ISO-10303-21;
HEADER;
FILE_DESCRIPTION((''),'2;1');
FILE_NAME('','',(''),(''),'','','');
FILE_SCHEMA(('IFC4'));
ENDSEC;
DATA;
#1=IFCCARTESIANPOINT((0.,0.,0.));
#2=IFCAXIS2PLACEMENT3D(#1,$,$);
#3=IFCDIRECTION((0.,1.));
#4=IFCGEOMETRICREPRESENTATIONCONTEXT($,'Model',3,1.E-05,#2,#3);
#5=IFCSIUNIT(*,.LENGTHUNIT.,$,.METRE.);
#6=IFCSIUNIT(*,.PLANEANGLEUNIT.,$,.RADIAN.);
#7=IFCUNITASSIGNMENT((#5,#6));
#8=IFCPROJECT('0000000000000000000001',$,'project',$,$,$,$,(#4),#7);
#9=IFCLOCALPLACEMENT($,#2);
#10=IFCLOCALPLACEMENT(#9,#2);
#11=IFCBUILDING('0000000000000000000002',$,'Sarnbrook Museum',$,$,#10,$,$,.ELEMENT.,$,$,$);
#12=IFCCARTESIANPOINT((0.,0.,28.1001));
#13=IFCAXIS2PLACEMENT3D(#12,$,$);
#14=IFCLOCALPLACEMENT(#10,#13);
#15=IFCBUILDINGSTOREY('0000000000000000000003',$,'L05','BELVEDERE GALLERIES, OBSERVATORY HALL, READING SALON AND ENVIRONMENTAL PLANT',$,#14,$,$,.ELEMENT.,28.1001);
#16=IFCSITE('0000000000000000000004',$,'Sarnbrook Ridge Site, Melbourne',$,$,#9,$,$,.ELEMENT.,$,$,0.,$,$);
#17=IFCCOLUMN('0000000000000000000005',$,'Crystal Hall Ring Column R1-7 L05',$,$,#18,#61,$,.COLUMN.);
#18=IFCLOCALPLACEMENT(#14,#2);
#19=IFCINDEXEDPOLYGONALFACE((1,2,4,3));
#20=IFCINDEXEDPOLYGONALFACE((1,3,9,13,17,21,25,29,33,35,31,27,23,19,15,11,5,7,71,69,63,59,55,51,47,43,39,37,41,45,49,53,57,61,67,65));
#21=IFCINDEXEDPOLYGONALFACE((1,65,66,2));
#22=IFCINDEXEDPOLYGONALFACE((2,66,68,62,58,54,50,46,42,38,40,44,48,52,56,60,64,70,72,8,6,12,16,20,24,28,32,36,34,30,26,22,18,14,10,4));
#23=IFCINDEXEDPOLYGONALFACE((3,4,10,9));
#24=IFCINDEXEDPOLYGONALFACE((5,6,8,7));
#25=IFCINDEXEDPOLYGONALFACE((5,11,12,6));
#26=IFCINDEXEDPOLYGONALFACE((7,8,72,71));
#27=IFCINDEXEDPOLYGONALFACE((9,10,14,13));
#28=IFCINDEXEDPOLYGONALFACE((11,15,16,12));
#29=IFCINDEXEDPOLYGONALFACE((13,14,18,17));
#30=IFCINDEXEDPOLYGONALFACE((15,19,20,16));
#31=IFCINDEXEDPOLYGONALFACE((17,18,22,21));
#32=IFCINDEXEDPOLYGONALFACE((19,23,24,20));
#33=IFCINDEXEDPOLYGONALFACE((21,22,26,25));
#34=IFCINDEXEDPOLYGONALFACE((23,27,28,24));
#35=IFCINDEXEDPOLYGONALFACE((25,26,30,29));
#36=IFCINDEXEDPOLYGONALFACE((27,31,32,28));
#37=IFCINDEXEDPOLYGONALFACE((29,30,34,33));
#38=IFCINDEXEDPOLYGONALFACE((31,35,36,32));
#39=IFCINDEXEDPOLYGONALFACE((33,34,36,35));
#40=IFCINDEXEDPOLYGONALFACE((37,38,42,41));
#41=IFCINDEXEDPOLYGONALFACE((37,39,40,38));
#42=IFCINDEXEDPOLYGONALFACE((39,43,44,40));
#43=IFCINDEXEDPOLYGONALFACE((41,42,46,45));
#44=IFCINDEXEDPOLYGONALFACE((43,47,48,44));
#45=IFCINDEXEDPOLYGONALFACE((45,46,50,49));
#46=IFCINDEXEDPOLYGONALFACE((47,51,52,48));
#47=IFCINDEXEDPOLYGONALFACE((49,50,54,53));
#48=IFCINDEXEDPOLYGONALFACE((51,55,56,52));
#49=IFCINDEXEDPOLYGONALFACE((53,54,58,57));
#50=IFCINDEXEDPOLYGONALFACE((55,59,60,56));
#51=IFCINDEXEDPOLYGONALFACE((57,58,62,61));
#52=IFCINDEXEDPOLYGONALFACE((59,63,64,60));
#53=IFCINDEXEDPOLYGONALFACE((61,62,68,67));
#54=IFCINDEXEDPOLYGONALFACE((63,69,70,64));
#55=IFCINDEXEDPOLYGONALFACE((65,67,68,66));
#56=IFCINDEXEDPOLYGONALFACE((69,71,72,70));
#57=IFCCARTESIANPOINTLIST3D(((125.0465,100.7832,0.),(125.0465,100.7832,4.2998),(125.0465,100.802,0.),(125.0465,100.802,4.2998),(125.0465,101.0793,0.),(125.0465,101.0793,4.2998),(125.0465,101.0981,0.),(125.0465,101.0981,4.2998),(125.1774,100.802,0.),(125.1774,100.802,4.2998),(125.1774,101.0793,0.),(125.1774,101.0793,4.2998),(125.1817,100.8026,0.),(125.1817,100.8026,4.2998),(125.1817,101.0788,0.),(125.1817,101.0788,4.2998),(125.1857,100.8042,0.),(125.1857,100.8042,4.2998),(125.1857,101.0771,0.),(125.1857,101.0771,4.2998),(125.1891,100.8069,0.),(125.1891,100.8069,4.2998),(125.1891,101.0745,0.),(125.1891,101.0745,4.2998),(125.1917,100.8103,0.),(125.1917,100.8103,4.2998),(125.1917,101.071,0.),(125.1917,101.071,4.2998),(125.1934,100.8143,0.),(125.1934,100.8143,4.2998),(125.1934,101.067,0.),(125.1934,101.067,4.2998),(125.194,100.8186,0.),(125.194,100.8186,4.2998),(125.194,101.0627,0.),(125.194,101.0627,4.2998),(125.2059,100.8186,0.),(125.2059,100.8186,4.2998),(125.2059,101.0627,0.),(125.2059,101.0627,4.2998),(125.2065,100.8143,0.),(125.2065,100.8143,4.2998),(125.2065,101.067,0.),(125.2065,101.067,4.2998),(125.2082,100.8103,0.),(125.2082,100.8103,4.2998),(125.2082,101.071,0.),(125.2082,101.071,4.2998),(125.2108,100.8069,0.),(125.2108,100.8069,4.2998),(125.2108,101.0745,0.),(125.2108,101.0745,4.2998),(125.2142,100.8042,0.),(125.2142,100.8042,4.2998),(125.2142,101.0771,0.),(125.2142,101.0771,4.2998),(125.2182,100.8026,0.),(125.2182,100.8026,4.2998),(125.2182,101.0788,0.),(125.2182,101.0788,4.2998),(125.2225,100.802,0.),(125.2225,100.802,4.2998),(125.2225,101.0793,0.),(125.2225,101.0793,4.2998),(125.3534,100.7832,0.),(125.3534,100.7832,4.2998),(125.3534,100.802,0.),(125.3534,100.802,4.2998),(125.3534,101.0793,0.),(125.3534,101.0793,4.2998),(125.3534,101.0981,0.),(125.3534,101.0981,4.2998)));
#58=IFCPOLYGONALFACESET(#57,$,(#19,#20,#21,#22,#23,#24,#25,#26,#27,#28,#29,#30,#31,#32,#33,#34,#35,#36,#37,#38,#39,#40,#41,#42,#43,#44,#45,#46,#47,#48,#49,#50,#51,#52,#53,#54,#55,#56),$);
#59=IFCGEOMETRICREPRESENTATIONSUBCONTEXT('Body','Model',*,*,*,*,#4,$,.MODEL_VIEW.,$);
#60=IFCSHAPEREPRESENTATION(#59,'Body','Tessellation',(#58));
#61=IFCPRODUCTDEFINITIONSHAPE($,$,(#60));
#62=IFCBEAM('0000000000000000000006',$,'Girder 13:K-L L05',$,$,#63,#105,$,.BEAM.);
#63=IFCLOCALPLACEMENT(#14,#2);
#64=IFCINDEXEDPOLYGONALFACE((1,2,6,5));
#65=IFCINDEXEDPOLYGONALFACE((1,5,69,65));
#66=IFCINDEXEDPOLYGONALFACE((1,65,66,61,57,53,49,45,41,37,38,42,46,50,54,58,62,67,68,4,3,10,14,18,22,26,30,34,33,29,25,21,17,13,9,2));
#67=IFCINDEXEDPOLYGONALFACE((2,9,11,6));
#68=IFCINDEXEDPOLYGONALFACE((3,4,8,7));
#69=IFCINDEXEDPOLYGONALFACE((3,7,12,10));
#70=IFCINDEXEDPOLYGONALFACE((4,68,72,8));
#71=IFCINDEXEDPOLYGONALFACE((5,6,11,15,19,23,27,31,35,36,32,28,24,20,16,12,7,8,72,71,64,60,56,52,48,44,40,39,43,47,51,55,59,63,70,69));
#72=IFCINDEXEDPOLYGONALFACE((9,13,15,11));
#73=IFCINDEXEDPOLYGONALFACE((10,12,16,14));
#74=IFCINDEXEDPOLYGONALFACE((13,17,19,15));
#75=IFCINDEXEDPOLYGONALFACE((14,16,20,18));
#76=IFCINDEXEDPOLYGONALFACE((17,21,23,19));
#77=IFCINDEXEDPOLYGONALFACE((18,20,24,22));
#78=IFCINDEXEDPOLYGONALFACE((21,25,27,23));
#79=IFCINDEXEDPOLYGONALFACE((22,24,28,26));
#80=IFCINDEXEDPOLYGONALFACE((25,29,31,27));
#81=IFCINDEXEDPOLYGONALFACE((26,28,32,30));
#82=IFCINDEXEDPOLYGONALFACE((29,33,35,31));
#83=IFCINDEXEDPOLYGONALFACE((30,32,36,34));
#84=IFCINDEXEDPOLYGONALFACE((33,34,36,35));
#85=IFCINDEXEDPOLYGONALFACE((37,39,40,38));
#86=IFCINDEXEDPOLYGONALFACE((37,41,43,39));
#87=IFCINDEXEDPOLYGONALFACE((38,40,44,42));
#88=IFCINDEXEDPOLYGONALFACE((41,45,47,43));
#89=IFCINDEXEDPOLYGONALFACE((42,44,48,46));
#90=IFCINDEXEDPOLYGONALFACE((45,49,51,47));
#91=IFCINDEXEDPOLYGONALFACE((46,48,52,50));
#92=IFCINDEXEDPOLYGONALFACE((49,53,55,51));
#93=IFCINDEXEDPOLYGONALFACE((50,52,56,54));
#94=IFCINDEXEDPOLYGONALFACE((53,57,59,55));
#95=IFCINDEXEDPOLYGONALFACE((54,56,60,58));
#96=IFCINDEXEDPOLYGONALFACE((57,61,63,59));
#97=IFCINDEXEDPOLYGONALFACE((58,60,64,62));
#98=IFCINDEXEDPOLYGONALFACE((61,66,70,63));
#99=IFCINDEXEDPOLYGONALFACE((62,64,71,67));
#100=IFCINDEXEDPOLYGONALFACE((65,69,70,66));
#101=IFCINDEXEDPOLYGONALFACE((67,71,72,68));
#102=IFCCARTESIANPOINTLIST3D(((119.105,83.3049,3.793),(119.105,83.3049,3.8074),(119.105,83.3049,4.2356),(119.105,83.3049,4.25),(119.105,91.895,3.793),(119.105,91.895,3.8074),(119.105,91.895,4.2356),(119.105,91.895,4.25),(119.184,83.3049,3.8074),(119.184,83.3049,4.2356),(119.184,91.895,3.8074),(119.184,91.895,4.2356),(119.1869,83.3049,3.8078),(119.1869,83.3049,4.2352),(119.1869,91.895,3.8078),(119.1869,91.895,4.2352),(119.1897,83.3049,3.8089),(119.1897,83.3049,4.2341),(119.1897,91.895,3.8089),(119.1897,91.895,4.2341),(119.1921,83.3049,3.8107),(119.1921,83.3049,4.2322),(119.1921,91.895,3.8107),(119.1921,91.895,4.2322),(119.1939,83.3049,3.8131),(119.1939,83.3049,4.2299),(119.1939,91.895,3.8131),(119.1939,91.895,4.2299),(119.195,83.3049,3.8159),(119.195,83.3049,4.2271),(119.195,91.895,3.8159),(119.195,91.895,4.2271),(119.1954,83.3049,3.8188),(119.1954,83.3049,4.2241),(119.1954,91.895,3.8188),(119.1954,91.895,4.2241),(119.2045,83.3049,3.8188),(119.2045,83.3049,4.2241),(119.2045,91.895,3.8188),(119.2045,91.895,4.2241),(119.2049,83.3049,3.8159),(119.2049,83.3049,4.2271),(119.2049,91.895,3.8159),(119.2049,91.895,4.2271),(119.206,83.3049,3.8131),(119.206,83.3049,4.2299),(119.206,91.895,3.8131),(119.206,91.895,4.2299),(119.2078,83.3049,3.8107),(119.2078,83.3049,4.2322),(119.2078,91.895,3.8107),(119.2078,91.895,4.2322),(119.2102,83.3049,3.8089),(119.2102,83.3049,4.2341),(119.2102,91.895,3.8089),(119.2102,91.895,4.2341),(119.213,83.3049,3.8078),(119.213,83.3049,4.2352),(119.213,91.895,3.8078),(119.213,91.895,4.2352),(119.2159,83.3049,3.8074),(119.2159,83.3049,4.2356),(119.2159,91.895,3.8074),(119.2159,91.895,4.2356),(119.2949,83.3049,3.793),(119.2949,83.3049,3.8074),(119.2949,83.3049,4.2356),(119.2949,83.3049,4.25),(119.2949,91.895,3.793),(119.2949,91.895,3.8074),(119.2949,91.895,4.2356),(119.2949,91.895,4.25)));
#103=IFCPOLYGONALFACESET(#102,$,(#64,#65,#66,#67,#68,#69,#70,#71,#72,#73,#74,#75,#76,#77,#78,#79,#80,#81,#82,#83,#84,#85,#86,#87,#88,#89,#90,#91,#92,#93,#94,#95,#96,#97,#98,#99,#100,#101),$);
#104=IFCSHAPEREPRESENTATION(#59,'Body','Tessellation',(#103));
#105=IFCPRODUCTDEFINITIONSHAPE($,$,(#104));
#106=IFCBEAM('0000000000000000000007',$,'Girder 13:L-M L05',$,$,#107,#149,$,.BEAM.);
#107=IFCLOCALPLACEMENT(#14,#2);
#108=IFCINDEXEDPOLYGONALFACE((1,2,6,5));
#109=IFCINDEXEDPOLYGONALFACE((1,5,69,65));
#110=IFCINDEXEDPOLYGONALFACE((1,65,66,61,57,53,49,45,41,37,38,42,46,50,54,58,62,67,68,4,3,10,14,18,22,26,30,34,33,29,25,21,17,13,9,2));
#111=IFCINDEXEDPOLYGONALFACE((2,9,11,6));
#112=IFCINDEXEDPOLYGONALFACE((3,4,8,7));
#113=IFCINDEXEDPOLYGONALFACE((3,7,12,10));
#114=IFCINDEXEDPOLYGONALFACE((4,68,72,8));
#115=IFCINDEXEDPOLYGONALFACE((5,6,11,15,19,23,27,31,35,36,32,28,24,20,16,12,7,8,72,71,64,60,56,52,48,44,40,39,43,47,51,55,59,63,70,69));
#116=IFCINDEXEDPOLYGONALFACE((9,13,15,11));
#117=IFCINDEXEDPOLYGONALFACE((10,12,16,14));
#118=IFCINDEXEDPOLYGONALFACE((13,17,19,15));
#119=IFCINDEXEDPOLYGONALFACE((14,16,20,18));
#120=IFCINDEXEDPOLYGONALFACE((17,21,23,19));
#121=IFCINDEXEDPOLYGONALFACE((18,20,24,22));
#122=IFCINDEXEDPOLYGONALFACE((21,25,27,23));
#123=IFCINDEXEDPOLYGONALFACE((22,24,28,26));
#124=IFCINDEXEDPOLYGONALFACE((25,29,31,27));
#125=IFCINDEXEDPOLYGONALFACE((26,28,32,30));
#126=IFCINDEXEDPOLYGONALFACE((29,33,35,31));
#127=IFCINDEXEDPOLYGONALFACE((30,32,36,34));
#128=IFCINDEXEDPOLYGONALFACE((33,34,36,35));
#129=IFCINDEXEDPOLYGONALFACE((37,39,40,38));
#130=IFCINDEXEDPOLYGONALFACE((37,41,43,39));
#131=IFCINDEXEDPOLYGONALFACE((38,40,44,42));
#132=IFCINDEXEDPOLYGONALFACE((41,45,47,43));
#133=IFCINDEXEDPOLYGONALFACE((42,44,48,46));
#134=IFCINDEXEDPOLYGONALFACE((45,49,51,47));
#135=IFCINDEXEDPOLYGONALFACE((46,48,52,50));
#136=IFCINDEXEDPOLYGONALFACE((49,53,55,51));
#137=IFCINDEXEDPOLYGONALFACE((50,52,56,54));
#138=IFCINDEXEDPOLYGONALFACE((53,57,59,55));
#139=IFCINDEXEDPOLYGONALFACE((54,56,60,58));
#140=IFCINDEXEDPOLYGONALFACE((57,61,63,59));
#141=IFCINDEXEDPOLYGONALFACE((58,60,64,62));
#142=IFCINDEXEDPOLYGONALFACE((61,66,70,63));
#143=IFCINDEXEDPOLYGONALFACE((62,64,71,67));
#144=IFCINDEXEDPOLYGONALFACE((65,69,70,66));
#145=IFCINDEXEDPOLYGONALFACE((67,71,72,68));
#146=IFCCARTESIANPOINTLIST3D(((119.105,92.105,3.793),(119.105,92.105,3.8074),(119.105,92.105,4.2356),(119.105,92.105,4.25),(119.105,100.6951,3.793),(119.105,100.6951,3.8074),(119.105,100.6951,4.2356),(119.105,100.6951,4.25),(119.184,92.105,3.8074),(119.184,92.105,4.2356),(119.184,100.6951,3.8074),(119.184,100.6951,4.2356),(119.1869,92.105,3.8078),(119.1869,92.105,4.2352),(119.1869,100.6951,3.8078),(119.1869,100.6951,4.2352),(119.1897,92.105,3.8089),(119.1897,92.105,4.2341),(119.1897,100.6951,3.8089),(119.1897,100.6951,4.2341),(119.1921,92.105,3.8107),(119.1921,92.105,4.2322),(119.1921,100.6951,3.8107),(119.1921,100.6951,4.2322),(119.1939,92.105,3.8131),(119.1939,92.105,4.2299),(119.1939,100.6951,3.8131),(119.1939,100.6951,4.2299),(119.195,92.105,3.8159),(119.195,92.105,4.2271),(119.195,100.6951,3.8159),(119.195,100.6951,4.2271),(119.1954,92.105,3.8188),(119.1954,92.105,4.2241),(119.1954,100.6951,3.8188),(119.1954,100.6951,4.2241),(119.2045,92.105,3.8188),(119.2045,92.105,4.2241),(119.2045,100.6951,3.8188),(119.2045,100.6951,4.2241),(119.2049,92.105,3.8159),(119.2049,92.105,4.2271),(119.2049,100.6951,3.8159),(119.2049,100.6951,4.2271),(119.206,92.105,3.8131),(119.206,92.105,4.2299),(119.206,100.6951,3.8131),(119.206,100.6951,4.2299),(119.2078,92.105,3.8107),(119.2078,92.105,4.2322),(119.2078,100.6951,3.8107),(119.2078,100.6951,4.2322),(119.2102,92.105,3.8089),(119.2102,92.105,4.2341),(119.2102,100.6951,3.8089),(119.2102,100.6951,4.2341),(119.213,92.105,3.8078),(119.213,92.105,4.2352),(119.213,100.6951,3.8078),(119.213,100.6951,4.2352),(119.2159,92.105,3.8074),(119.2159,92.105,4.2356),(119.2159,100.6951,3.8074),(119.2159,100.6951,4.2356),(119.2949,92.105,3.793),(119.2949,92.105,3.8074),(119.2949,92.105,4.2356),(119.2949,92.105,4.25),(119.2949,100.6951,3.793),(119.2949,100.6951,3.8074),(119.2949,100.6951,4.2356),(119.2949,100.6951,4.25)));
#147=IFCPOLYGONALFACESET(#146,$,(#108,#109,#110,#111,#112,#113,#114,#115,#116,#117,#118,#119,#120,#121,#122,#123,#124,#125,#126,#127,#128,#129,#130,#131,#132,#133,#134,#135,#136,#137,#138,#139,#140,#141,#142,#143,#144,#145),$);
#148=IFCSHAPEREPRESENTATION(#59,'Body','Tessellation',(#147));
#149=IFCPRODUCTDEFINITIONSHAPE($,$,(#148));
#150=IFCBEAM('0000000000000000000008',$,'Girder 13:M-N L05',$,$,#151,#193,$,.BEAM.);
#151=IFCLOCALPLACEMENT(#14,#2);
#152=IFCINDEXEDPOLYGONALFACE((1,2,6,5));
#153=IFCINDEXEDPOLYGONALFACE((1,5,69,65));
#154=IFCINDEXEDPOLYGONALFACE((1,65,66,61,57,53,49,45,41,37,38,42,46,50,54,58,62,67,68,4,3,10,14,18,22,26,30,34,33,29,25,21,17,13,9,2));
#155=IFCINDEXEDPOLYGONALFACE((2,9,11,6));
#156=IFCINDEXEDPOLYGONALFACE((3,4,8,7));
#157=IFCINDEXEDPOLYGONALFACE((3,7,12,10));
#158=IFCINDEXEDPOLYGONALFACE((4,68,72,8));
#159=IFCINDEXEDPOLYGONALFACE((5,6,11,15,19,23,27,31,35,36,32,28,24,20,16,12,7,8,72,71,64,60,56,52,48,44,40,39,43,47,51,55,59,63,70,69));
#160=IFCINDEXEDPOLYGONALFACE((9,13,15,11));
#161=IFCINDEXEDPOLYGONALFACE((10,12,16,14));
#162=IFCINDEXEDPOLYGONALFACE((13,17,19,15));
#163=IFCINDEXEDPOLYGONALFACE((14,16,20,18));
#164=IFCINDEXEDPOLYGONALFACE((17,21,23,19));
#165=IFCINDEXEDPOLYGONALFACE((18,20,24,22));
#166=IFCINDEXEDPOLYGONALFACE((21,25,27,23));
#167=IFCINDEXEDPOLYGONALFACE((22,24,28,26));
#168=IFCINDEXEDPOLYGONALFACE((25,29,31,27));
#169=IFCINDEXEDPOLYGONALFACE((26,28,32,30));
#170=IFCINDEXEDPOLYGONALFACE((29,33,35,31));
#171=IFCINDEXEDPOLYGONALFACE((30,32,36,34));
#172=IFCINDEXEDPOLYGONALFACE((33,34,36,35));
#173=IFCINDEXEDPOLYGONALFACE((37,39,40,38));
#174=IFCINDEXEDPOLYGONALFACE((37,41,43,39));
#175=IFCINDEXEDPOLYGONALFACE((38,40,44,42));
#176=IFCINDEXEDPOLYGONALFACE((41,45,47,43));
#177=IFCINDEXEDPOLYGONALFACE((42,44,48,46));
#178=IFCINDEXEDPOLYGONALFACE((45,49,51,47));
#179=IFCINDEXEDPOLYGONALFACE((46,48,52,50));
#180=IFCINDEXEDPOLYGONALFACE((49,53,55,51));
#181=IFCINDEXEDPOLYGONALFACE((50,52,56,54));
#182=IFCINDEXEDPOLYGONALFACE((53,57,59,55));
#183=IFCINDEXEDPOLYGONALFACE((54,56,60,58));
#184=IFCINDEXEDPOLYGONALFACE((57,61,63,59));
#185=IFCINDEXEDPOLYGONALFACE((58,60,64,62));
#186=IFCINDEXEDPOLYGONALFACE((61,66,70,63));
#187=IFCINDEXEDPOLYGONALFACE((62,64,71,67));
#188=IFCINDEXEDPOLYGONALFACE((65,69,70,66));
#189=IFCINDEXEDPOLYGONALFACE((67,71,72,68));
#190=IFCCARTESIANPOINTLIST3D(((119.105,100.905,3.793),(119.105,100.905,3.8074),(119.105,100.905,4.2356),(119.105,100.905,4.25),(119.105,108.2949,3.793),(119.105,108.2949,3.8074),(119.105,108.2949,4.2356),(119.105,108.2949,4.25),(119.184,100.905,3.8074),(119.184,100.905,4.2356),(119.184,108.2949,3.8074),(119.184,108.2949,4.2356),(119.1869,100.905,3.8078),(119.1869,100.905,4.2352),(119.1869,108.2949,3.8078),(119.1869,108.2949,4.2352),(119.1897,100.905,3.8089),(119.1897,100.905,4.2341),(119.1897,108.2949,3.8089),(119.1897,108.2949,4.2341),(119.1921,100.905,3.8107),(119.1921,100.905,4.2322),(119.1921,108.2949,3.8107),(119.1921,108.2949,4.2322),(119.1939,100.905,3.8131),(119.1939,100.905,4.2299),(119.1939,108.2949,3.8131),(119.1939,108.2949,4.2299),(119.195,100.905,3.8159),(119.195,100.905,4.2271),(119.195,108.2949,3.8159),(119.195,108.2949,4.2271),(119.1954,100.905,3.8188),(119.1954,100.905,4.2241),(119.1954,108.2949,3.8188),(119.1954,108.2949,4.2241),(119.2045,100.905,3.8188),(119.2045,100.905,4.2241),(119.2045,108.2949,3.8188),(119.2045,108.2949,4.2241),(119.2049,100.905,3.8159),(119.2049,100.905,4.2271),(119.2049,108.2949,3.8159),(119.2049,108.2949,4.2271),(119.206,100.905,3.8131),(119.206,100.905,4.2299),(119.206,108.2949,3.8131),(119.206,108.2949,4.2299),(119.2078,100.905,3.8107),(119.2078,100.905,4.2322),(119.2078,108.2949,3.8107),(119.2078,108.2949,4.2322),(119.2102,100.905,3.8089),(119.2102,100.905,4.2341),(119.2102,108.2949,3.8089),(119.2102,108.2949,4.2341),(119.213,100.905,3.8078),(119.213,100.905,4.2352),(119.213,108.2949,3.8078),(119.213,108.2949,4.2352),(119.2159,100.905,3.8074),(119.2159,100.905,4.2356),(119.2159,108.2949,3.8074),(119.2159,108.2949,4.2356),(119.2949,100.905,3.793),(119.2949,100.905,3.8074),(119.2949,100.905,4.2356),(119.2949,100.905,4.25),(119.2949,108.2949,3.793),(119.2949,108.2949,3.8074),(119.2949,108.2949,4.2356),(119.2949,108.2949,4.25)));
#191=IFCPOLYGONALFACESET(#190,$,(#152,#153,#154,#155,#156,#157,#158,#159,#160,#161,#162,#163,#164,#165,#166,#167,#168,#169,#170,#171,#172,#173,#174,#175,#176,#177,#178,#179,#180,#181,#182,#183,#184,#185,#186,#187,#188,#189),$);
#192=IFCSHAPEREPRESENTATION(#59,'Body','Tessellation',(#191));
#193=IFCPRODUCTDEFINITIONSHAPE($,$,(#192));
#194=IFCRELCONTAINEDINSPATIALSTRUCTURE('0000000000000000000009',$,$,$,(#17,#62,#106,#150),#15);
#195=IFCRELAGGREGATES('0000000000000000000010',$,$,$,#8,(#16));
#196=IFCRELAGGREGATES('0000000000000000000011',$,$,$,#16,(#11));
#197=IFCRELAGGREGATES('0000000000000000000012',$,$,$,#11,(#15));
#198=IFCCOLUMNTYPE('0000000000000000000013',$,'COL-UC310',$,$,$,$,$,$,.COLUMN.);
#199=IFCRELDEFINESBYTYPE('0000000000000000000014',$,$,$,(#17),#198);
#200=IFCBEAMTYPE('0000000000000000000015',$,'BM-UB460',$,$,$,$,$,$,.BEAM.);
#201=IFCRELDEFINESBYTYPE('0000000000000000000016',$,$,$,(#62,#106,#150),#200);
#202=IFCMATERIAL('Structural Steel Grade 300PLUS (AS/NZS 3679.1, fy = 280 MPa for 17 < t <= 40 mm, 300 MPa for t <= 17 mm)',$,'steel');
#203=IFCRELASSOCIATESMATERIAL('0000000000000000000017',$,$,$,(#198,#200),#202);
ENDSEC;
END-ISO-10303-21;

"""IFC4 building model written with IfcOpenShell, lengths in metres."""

from ifc_helpers import new_model, si_unit, direction, frame, origin, origin_2d, place, context, subcontext, project, spatial, i_section, extrude, material, material_profile, profile_set, type_object, element, save


model = new_model("IFC4")

# Units and contexts
model_context = context("Model", 3, precision=1e-05, world=origin(), true_north=direction((0.0, 1.0)))
body_context = subcontext(model_context, "Body", "Model", "MODEL_VIEW")
ifc_project = project(units=[si_unit("LENGTHUNIT", "METRE"), si_unit("PLANEANGLEUNIT", "RADIAN")], contexts=[model_context])

# Site, building, storey
site_placement = place(None, origin())
site = spatial("IfcSite", under=ifc_project, at=site_placement, Name="Sarnbrook Ridge Site, Melbourne", CompositionType="ELEMENT", RefElevation=0.0)
building_placement = place(site_placement, origin())
building = spatial("IfcBuilding", under=site, at=building_placement, Name="Sarnbrook Museum", CompositionType="ELEMENT")
storey_placement = place(building_placement, frame((0.0, 0.0, 28.1001)))
storey = spatial("IfcBuildingStorey", under=building, at=storey_placement, Name="L05", Description="BELVEDERE GALLERIES, OBSERVATORY HALL, READING SALON AND ENVIRONMENTAL PLANT", CompositionType="ELEMENT", Elevation=28.1001)

# Column
ifc_material_1 = material(Name="Structural Steel Grade 300PLUS (AS/NZS 3679.1, fy = 280 MPa for 17 < t <= 40 mm, 300 MPa for t <= 17 mm)", Category="steel")
ifc_material_profile_1 = material_profile(ifc_material_1, i_section(OverallWidth=0.3069, OverallDepth=0.3149, WebThickness=0.012, FlangeThickness=0.0188, FilletRadius=0.0166, at=origin_2d()), Name="310UC118")
ifc_profile_set_1 = profile_set([ifc_material_profile_1], Name="Structural Steel Grade 300PLUS (AS/NZS 3679.1, fy = 280 MPa for 17 < t <= 40 mm, 300 MPa for t <= 17 mm)")
column_type_1 = type_object("IfcColumnType", Name="COL-UC310", PredefinedType="COLUMN", material=ifc_profile_set_1)
column_1_placement = place(storey_placement, frame((125.2, 100.9407, 0.0), z_axis=(0.0, 0.0, 1.0), x_axis=(1.0, 0.0, 0.0)))
element("IfcColumn", 1, at=column_1_placement, inside=storey, type_object=column_type_1, Name="Crystal Hall Ring Column R1-7 L05", PredefinedType="COLUMN", context=body_context, shape_type="SweptSolid", body=[
    extrude(i_section(OverallWidth=0.3069, OverallDepth=0.3149, WebThickness=0.012, FlangeThickness=0.0188, FilletRadius=0.0166, at=origin_2d()), origin(), (0.0, 0.0, 1.0), 4.2998),
])

# Beams
ifc_material_profile_2 = material_profile(ifc_material_1, i_section(OverallWidth=0.1899, OverallDepth=0.457, WebThickness=0.009, FlangeThickness=0.0144, FilletRadius=0.0115, at=origin_2d()), Name="460UB74.6")
ifc_profile_set_2 = profile_set([ifc_material_profile_2], Name="Structural Steel Grade 300PLUS (AS/NZS 3679.1, fy = 280 MPa for 17 < t <= 40 mm, 300 MPa for t <= 17 mm)")
beam_type_1 = type_object("IfcBeamType", Name="BM-UB460", PredefinedType="BEAM", material=ifc_profile_set_2)
for number, where, z_axis, x_axis, name in (
    (2, (119.2, 83.3049, 4.0215), (0.0, 1.0, 0.0), (-1.0, 0.0, 0.0), "Girder 13:K-L L05"),
    (3, (119.2, 92.105, 4.0215), (0.0, 1.0, 0.0), (-1.0, 0.0, 0.0), "Girder 13:L-M L05"),
):
    element("IfcBeam", number, at=place(storey_placement, frame(where, z_axis=z_axis, x_axis=x_axis)), inside=storey, type_object=beam_type_1, Name=name, PredefinedType="BEAM", context=body_context, shape_type="SweptSolid", body=[
        extrude(i_section(OverallWidth=0.1899, OverallDepth=0.457, WebThickness=0.009, FlangeThickness=0.0144, FilletRadius=0.0115, at=origin_2d()), origin(), (0.0, 0.0, 1.0), 8.5901),
    ])
beam_1_placement = place(storey_placement, frame((119.2, 100.905, 4.0215), z_axis=(0.0, 1.0, 0.0), x_axis=(-1.0, 0.0, 0.0)))
element("IfcBeam", 4, at=beam_1_placement, inside=storey, type_object=beam_type_1, Name="Girder 13:M-N L05", PredefinedType="BEAM", context=body_context, shape_type="SweptSolid", body=[
    extrude(i_section(OverallWidth=0.1899, OverallDepth=0.457, WebThickness=0.009, FlangeThickness=0.0144, FilletRadius=0.0115, at=origin_2d()), origin(), (0.0, 0.0, 1.0), 7.3899),
])

save(model, "model.ifc")
